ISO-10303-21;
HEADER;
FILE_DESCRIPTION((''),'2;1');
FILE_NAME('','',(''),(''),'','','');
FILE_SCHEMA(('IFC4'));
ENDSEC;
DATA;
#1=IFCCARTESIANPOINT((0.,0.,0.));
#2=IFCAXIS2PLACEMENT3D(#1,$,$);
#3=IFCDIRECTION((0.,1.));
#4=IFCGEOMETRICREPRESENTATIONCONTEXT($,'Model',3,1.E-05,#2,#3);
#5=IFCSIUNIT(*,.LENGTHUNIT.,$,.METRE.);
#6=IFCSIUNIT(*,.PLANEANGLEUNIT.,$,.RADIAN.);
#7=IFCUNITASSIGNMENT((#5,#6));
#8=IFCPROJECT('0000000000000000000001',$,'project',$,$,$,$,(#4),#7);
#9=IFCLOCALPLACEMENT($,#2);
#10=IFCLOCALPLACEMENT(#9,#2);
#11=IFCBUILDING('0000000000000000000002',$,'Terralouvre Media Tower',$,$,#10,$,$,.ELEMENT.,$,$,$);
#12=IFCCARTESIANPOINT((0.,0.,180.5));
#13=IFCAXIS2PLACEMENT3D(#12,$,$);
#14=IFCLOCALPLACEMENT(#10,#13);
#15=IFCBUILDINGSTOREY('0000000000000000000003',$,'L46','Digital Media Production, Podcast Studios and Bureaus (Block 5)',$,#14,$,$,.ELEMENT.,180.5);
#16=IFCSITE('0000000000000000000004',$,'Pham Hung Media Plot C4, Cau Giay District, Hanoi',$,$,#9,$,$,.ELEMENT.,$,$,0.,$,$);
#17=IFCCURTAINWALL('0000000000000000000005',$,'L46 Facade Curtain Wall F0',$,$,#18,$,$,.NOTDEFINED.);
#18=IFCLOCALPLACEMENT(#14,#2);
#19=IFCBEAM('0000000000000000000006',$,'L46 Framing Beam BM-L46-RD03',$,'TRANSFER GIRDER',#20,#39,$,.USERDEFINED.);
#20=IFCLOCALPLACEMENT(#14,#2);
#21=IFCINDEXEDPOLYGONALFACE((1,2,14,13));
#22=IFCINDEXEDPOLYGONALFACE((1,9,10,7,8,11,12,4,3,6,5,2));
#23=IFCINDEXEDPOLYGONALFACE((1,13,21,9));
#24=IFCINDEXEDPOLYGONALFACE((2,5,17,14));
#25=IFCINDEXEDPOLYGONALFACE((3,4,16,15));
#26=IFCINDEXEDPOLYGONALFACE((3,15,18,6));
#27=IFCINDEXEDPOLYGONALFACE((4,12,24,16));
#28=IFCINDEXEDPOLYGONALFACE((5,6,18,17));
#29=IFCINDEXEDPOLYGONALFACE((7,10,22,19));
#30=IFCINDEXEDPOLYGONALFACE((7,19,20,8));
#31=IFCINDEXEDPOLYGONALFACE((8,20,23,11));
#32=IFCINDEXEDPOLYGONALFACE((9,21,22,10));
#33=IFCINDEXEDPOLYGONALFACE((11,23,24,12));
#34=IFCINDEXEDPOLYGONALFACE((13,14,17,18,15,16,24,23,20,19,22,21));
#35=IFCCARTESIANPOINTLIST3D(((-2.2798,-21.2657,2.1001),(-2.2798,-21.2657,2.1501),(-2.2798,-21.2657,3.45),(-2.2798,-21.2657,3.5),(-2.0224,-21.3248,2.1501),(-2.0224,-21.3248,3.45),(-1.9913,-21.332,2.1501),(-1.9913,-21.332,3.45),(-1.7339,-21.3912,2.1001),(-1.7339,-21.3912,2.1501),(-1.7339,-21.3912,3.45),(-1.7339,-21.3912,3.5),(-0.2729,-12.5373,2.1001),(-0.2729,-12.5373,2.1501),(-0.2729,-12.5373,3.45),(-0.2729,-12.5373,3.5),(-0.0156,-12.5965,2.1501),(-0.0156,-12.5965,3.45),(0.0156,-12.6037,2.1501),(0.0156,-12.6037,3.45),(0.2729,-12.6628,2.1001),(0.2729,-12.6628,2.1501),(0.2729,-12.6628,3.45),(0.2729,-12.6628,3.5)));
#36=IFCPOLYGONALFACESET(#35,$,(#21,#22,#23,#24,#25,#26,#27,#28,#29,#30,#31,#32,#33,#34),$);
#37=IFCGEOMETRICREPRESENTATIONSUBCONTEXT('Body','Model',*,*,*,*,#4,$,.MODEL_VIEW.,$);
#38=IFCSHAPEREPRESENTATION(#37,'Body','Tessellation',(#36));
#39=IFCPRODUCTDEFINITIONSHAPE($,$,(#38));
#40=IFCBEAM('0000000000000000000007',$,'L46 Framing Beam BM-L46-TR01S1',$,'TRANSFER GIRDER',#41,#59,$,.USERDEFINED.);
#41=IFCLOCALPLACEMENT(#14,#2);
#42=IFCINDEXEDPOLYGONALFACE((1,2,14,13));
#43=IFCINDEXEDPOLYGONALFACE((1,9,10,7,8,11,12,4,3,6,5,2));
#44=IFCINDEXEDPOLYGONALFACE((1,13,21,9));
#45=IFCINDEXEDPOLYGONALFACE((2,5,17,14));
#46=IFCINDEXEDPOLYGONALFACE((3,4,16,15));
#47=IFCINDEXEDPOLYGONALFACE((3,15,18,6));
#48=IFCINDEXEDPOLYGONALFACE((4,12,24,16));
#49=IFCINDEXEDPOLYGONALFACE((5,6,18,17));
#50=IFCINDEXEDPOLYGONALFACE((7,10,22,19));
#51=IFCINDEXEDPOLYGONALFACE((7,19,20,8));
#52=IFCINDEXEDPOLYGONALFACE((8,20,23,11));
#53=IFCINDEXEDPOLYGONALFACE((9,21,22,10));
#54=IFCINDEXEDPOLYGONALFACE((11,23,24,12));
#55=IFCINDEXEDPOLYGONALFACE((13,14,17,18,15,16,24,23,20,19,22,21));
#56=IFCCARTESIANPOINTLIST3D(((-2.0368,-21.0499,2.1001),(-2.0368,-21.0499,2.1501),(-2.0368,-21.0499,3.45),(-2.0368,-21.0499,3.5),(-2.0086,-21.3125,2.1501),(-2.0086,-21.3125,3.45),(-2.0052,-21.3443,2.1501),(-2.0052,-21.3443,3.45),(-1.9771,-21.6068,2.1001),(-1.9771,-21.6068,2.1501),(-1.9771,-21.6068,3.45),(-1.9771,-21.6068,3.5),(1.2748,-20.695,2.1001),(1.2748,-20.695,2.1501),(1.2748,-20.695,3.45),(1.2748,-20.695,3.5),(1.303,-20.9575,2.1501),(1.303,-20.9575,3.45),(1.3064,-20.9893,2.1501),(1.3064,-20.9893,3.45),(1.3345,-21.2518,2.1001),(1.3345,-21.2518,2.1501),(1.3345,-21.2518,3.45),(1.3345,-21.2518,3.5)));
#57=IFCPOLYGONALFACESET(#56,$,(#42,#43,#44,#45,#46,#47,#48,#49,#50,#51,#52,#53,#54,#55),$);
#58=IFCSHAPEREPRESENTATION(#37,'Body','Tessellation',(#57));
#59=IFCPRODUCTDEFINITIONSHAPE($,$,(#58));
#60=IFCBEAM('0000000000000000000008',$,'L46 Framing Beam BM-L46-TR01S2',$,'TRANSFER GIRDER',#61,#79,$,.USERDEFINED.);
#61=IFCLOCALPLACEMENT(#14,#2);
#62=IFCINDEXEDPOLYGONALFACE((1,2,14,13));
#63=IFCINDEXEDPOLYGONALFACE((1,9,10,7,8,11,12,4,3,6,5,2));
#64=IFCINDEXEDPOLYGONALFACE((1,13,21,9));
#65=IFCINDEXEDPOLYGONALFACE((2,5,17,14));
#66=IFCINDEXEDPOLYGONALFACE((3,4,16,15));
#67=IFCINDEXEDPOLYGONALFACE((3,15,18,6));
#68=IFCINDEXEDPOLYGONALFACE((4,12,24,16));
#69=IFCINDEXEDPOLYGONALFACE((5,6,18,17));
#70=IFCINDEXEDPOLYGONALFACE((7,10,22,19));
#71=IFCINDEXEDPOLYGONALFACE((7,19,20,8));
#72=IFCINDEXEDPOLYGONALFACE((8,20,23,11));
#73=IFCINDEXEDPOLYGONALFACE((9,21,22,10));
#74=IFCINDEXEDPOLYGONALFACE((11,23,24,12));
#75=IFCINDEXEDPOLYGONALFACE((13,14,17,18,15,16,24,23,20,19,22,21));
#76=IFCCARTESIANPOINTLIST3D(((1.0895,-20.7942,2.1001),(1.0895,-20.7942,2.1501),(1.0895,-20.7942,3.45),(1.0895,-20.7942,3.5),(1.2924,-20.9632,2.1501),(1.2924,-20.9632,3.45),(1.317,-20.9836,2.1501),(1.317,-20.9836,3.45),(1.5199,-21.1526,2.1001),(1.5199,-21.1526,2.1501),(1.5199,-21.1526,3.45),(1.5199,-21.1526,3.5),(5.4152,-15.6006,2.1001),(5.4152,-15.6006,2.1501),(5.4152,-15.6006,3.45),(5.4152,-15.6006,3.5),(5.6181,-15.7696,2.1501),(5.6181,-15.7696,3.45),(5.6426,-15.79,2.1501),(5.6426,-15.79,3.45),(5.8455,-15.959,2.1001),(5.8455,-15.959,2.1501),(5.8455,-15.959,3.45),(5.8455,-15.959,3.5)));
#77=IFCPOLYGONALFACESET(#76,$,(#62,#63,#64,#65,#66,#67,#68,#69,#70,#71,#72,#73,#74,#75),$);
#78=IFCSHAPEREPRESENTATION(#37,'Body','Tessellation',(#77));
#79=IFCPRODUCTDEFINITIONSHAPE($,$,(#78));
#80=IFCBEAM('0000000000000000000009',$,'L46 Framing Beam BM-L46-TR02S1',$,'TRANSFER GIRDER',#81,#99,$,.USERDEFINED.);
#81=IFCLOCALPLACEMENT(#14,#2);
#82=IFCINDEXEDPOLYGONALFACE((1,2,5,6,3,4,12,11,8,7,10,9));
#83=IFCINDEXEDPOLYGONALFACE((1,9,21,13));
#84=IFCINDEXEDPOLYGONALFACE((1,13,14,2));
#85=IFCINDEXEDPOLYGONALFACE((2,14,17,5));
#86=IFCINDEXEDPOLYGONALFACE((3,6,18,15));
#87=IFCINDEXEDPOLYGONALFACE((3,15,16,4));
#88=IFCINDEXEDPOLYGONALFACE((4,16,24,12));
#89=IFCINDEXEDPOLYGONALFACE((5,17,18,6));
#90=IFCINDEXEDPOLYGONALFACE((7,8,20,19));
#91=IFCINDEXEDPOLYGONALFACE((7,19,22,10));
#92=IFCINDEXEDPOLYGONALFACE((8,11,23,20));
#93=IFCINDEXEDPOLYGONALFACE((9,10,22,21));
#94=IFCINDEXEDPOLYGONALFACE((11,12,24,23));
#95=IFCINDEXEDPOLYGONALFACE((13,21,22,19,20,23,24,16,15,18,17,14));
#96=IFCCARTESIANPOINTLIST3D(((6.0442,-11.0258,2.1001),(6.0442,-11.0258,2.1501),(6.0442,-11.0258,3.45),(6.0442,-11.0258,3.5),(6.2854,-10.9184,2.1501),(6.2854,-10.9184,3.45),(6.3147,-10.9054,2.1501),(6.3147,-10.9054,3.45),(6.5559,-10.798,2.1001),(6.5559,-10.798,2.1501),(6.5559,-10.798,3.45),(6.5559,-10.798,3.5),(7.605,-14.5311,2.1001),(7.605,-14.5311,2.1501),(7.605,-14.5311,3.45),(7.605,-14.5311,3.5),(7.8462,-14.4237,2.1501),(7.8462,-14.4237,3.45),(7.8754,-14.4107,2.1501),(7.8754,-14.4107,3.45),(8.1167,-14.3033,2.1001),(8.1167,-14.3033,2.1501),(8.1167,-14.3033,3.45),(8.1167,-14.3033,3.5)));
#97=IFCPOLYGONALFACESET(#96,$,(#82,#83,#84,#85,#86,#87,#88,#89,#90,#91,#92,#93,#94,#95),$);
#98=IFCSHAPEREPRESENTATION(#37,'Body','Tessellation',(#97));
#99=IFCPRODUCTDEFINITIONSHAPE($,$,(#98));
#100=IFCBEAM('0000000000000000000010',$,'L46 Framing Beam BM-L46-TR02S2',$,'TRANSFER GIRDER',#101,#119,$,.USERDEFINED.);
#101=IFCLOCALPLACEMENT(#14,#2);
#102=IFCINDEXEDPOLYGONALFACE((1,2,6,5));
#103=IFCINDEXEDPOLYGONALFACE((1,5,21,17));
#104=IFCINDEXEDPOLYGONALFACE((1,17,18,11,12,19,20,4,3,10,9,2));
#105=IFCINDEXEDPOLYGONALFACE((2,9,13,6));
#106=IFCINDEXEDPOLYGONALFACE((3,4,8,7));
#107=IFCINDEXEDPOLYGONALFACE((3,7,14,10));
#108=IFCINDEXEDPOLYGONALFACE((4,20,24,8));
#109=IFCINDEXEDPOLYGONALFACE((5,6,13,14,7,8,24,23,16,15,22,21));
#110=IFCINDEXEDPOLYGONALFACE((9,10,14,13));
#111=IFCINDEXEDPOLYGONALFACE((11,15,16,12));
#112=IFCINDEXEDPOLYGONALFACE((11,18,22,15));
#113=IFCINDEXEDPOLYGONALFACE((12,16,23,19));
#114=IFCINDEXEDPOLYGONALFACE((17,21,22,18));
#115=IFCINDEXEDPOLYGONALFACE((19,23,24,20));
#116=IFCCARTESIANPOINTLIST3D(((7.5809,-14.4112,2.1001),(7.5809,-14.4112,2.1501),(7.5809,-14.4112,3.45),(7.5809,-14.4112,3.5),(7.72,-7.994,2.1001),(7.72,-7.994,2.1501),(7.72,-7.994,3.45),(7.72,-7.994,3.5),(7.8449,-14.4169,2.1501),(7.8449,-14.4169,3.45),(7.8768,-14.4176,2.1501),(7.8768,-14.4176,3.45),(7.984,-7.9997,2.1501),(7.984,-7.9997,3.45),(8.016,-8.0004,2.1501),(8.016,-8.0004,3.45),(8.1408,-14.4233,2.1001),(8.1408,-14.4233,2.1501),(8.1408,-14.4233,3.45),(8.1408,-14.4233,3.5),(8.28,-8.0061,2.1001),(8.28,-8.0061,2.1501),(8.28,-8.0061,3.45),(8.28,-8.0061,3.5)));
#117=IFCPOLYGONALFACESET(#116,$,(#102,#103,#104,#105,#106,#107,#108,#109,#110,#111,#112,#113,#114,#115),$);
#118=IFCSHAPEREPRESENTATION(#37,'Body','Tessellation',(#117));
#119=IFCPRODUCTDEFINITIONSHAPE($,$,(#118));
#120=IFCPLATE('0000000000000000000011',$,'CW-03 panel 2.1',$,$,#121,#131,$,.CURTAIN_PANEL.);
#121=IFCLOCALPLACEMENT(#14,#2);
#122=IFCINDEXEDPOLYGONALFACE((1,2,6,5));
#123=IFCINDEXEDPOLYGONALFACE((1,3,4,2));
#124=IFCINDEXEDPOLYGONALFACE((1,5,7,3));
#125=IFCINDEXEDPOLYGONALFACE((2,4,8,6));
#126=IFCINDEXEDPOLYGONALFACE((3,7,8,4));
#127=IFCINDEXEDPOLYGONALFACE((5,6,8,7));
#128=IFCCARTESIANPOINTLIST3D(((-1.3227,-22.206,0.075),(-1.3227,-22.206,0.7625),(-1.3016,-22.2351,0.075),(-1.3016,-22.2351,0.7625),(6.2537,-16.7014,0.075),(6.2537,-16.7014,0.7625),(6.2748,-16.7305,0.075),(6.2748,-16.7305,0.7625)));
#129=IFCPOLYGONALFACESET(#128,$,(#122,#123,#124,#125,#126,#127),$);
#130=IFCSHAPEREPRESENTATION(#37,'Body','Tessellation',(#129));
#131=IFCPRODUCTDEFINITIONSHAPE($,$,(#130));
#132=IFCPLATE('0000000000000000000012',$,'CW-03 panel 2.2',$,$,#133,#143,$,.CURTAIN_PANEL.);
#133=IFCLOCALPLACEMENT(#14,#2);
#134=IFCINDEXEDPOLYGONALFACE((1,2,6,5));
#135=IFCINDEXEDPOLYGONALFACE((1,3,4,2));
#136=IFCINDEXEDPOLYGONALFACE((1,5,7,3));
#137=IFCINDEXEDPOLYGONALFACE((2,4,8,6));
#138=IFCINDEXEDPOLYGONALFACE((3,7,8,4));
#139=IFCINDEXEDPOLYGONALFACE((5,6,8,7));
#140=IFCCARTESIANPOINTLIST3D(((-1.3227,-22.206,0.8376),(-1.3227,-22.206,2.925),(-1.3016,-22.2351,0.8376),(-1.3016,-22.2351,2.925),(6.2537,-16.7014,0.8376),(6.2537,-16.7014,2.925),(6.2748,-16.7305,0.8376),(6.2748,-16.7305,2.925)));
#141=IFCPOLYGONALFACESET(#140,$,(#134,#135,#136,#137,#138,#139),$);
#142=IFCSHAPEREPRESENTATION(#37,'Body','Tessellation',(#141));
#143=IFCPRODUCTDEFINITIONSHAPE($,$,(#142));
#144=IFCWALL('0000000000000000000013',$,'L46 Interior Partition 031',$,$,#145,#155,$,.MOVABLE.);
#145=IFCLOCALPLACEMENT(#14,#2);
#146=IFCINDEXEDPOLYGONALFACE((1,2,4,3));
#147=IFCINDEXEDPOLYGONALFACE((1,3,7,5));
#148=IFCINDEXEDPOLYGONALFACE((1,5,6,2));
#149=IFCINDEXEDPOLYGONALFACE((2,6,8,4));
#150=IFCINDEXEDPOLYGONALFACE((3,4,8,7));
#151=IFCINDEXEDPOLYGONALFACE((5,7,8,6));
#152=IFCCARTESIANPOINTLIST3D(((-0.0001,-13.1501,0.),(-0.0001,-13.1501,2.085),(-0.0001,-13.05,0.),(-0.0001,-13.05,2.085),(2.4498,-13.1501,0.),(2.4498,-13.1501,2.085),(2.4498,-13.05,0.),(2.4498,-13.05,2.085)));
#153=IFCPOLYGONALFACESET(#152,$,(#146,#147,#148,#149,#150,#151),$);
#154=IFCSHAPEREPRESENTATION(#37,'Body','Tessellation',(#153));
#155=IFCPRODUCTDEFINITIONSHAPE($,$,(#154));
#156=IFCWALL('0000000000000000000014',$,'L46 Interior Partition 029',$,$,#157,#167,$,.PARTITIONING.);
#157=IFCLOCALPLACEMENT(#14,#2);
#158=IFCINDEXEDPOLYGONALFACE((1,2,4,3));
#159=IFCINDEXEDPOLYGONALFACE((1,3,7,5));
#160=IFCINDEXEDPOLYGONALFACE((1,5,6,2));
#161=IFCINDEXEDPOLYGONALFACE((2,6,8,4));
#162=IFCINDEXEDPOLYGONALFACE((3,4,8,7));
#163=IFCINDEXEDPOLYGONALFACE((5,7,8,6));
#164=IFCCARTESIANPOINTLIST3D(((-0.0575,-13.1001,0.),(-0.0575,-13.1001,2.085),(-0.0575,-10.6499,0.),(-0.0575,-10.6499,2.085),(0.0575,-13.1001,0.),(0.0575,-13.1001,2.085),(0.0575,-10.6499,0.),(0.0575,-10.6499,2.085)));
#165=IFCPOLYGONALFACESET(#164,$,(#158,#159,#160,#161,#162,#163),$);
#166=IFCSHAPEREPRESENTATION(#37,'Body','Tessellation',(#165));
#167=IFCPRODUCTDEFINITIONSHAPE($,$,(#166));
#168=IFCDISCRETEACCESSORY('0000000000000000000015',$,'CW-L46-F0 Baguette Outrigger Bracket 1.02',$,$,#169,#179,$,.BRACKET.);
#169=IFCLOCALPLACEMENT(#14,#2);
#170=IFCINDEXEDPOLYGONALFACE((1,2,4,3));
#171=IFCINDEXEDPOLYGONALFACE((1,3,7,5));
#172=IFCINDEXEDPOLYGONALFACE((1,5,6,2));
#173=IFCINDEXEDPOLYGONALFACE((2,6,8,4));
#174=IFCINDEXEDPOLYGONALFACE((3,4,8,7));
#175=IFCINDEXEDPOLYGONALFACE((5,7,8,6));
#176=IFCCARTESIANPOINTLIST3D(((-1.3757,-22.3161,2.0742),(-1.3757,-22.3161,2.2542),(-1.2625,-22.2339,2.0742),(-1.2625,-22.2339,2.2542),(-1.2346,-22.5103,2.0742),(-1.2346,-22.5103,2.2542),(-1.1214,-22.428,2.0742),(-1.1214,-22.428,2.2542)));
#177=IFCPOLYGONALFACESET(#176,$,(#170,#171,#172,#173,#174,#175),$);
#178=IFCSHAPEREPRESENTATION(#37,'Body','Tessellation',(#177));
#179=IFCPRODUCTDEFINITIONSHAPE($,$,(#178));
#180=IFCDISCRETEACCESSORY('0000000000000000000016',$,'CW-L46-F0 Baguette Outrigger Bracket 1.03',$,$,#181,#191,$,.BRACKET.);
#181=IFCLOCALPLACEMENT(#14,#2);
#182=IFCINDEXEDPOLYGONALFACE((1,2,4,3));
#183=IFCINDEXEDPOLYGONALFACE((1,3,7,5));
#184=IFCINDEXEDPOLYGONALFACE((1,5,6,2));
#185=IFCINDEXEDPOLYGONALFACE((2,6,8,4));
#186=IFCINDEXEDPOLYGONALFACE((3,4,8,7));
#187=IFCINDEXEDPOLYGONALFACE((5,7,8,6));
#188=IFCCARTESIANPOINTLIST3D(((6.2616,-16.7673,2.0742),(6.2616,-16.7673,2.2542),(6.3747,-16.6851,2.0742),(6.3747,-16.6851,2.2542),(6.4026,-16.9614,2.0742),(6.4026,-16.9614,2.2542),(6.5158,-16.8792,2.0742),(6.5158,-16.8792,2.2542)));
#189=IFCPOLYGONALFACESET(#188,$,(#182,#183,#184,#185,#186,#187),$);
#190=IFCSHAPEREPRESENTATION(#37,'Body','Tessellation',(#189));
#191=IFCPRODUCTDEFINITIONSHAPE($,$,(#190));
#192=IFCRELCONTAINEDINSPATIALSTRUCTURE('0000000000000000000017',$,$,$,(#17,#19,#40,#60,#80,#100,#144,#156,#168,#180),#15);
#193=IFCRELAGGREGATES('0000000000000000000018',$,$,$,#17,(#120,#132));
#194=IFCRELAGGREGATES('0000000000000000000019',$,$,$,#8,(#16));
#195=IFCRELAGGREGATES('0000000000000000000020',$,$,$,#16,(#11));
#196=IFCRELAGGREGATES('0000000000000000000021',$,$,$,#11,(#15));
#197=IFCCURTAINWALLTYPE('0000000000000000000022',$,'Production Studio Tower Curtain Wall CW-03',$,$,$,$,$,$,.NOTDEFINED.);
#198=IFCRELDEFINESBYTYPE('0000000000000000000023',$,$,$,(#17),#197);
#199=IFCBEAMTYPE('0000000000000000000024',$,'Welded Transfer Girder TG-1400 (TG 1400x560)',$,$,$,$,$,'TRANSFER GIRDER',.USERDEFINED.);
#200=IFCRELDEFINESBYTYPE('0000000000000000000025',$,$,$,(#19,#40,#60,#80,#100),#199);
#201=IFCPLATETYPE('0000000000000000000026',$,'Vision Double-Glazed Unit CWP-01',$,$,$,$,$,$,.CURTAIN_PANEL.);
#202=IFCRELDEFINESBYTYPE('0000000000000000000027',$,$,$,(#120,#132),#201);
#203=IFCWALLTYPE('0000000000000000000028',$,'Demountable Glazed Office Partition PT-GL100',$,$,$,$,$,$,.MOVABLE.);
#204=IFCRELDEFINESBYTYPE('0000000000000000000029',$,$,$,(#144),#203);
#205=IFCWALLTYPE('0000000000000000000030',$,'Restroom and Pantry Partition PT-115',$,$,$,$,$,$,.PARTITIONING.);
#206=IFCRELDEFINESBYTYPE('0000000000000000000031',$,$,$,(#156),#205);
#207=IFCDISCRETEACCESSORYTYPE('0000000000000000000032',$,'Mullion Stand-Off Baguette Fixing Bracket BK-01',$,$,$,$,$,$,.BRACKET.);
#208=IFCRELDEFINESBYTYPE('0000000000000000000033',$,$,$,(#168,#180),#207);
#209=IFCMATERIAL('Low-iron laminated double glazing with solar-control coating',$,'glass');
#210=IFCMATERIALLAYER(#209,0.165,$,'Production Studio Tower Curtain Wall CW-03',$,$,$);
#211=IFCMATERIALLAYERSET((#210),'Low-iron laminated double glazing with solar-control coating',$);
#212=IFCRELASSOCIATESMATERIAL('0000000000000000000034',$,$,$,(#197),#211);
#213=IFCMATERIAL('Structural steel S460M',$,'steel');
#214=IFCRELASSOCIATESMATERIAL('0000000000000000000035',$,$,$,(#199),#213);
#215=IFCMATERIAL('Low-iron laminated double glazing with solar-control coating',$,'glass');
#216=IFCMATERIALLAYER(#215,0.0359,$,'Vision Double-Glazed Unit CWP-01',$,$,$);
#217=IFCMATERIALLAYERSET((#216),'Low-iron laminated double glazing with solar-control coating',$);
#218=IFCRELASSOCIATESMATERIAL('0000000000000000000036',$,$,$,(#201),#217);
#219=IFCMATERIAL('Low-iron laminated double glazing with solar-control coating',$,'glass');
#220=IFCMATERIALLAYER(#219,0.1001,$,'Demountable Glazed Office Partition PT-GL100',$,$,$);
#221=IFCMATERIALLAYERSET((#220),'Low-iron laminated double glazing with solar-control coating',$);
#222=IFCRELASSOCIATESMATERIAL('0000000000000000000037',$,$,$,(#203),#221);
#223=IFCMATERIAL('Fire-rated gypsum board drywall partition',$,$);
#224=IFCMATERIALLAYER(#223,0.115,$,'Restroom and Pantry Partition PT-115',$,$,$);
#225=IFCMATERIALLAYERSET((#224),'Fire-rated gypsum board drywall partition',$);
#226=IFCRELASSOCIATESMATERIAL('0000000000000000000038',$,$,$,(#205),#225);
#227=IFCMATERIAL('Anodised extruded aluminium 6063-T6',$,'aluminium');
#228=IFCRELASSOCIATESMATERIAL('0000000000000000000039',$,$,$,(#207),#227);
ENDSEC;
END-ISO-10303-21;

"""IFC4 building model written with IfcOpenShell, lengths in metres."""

from ifc_helpers import new_model, si_unit, direction, frame, frame_2d, origin, origin_2d, place, context, subcontext, project, spatial, rectangle, i_section, extrude, material, layer, layer_set, material_profile, profile_set, type_object, element, aggregate, save


model = new_model("IFC4")

# Units and contexts
model_context = context("Model", 3, precision=1e-05, world=origin(), true_north=direction((0.0, 1.0)))
body_context = subcontext(model_context, "Body", "Model", "MODEL_VIEW")
ifc_project = project(units=[si_unit("LENGTHUNIT", "METRE"), si_unit("PLANEANGLEUNIT", "RADIAN")], contexts=[model_context])

# Site, building, storey
site_placement = place(None, origin())
site = spatial("IfcSite", under=ifc_project, at=site_placement, Name="Pham Hung Media Plot C4, Cau Giay District, Hanoi", CompositionType="ELEMENT", RefElevation=0.0)
building_placement = place(site_placement, origin())
building = spatial("IfcBuilding", under=site, at=building_placement, Name="Terralouvre Media Tower", CompositionType="ELEMENT")
storey_placement = place(building_placement, frame((0.0, 0.0, 180.5)))
storey = spatial("IfcBuildingStorey", under=building, at=storey_placement, Name="L46", Description="Digital Media Production, Podcast Studios and Bureaus (Block 5)", CompositionType="ELEMENT", Elevation=180.5)

# Curtain wall
ifc_material_1 = material(Name="Low-iron laminated double glazing with solar-control coating", Category="glass")
ifc_layer_1 = layer(ifc_material_1, 0.165, Name="Production Studio Tower Curtain Wall CW-03")
ifc_layer_set_1 = layer_set([ifc_layer_1], Name="Low-iron laminated double glazing with solar-control coating")
curtain_wall_type = type_object("IfcCurtainWallType", Name="Production Studio Tower Curtain Wall CW-03", PredefinedType="NOTDEFINED", material=ifc_layer_set_1)
curtain_wall_placement = place(storey_placement, origin())
curtain_wall = element("IfcCurtainWall", 1, at=curtain_wall_placement, inside=storey, type_object=curtain_wall_type, Name="L46 Facade Curtain Wall F0", PredefinedType="NOTDEFINED")

# Beams
ifc_material_2 = material(Name="Structural steel S460M", Category="steel")
ifc_material_profile_1 = material_profile(ifc_material_2, i_section(OverallWidth=0.5601, OverallDepth=1.3999, WebThickness=0.032, FlangeThickness=0.05, at=origin_2d()), Name="TG 1400x560")
ifc_profile_set_1 = profile_set([ifc_material_profile_1], Name="Structural steel S460M")
beam_type_1 = type_object("IfcBeamType", Name="Welded Transfer Girder TG-1400 (TG 1400x560)", ElementType="TRANSFER GIRDER", PredefinedType="USERDEFINED", material=ifc_profile_set_1)
beam_1_placement = place(storey_placement, frame((0.0, -12.6001, 2.8), z_axis=(-0.224077, -0.974571, 0.0), x_axis=(0.974571, -0.224077, 0.0)))
element("IfcBeam", 2, at=beam_1_placement, inside=storey, type_object=beam_type_1, Name="L46 Framing Beam BM-L46-RD03", ObjectType="TRANSFER GIRDER", PredefinedType="USERDEFINED", context=body_context, shape_type="SweptSolid", body=[
    extrude(i_section(OverallWidth=0.5601, OverallDepth=1.3999, WebThickness=0.032, FlangeThickness=0.05, at=origin_2d()), origin(), (0.0, 0.0, 1.0), 8.9561),
])
beam_2_placement = place(storey_placement, frame((1.3047, -20.9734, 2.8), z_axis=(-0.994304, -0.106585, 0.0), x_axis=(0.106585, -0.994304, 0.0)))
element("IfcBeam", 3, at=beam_2_placement, inside=storey, type_object=beam_type_1, Name="L46 Framing Beam BM-L46-TR01S1", ObjectType="TRANSFER GIRDER", PredefinedType="USERDEFINED", context=body_context, shape_type="SweptSolid", body=[
    extrude(i_section(OverallWidth=0.5601, OverallDepth=1.3999, WebThickness=0.032, FlangeThickness=0.05, at=origin_2d()), origin(), (0.0, 0.0, 1.0), 3.3306),
])
beam_3_placement = place(storey_placement, frame((1.3047, -20.9734, 2.8), z_axis=(0.639982, 0.76839, 0.0), x_axis=(-0.76839, 0.639982, 0.0)))
element("IfcBeam", 4, at=beam_3_placement, inside=storey, type_object=beam_type_1, Name="L46 Framing Beam BM-L46-TR01S2", ObjectType="TRANSFER GIRDER", PredefinedType="USERDEFINED", context=body_context, shape_type="SweptSolid", body=[
    extrude(i_section(OverallWidth=0.5601, OverallDepth=1.3999, WebThickness=0.032, FlangeThickness=0.05, at=origin_2d()), origin(), (0.0, 0.0, 1.0), 6.759),
])
beam_4_placement = place(storey_placement, frame((7.8608, -14.4172, 2.8), z_axis=(-0.406758, 0.913536, 0.0), x_axis=(-0.913536, -0.406758, 0.0)))
element("IfcBeam", 5, at=beam_4_placement, inside=storey, type_object=beam_type_1, Name="L46 Framing Beam BM-L46-TR02S1", ObjectType="TRANSFER GIRDER", PredefinedType="USERDEFINED", context=body_context, shape_type="SweptSolid", body=[
    extrude(i_section(OverallWidth=0.5601, OverallDepth=1.3999, WebThickness=0.032, FlangeThickness=0.05, at=origin_2d()), origin(), (0.0, 0.0, 1.0), 3.8372),
])
beam_5_placement = place(storey_placement, frame((7.8608, -14.4172, 2.8), z_axis=(0.02168, 0.999765, 0.0), x_axis=(-0.999765, 0.02168, 0.0)))
element("IfcBeam", 6, at=beam_5_placement, inside=storey, type_object=beam_type_1, Name="L46 Framing Beam BM-L46-TR02S2", ObjectType="TRANSFER GIRDER", PredefinedType="USERDEFINED", context=body_context, shape_type="SweptSolid", body=[
    extrude(i_section(OverallWidth=0.5601, OverallDepth=1.3999, WebThickness=0.032, FlangeThickness=0.05, at=origin_2d()), origin(), (0.0, 0.0, 1.0), 6.4187),
])

# Plates
ifc_material_3 = material(Name="Low-iron laminated double glazing with solar-control coating", Category="glass")
ifc_layer_2 = layer(ifc_material_3, 0.0359, Name="Vision Double-Glazed Unit CWP-01")
ifc_layer_set_2 = layer_set([ifc_layer_2], Name="Low-iron laminated double glazing with solar-control coating")
plate_type = type_object("IfcPlateType", Name="Vision Double-Glazed Unit CWP-01", PredefinedType="CURTAIN_PANEL", material=ifc_layer_set_2)
plate_1_placement = place(storey_placement, frame((2.4761, -19.4683, 0.075), z_axis=(0.0, 0.0, 1.0), x_axis=(0.809017, 0.587785, 0.0)))
plate_1 = element("IfcPlate", 7, at=plate_1_placement, type_object=plate_type, Name="CW-03 panel 2.1", PredefinedType="CURTAIN_PANEL", context=body_context, shape_type="SweptSolid", body=[
    extrude(rectangle(XDim=9.365, YDim=0.0359, at=origin_2d()), origin(), (0.0, 0.0, 1.0), 0.6875),
])
plate_2_placement = place(storey_placement, frame((2.4761, -19.4683, 0.8376), z_axis=(0.0, 0.0, 1.0), x_axis=(0.809017, 0.587785, 0.0)))
plate_2 = element("IfcPlate", 8, at=plate_2_placement, type_object=plate_type, Name="CW-03 panel 2.2", PredefinedType="CURTAIN_PANEL", context=body_context, shape_type="SweptSolid", body=[
    extrude(rectangle(XDim=9.365, YDim=0.0359, at=origin_2d()), origin(), (0.0, 0.0, 1.0), 2.0874),
])
aggregate(curtain_wall, [plate_1, plate_2])

# Walls
ifc_material_4 = material(Name="Low-iron laminated double glazing with solar-control coating", Category="glass")
ifc_layer_3 = layer(ifc_material_4, 0.1001, Name="Demountable Glazed Office Partition PT-GL100")
ifc_layer_set_3 = layer_set([ifc_layer_3], Name="Low-iron laminated double glazing with solar-control coating")
wall_type_1 = type_object("IfcWallType", Name="Demountable Glazed Office Partition PT-GL100", PredefinedType="MOVABLE", material=ifc_layer_set_3)
wall_1_placement = place(storey_placement, frame((2.45, -13.1001, 0.0), z_axis=(0.0, 0.0, 1.0), x_axis=(-1.0, 0.0, 0.0)))
element("IfcWall", 9, at=wall_1_placement, inside=storey, type_object=wall_type_1, Name="L46 Interior Partition 031", PredefinedType="MOVABLE", context=body_context, shape_type="SweptSolid", body=[
    extrude(rectangle(XDim=2.45, YDim=0.1001, at=frame_2d((1.2251, 0.0))), origin(), (0.0, 0.0, 1.0), 2.085),
])
ifc_material_5 = material(Name="Fire-rated gypsum board drywall partition")
ifc_layer_4 = layer(ifc_material_5, 0.115, Name="Restroom and Pantry Partition PT-115")
ifc_layer_set_4 = layer_set([ifc_layer_4], Name="Fire-rated gypsum board drywall partition")
wall_type_2 = type_object("IfcWallType", Name="Restroom and Pantry Partition PT-115", PredefinedType="PARTITIONING", material=ifc_layer_set_4)
wall_2_placement = place(storey_placement, frame((0.0, -13.1001, 0.0), z_axis=(0.0, 0.0, 1.0), x_axis=(0.0, 1.0, 0.0)))
element("IfcWall", 10, at=wall_2_placement, inside=storey, type_object=wall_type_2, Name="L46 Interior Partition 029", PredefinedType="PARTITIONING", context=body_context, shape_type="SweptSolid", body=[
    extrude(rectangle(XDim=2.4502, YDim=0.115, at=frame_2d((1.2251, 0.0))), origin(), (0.0, 0.0, 1.0), 2.085),
])

# Discrete accessories
ifc_material_6 = material(Name="Anodised extruded aluminium 6063-T6", Category="aluminium")
discrete_accessory_type = type_object("IfcDiscreteAccessoryType", Name="Mullion Stand-Off Baguette Fixing Bracket BK-01", PredefinedType="BRACKET", material=ifc_material_6)
for number, where, z_axis, x_axis, name in (
    (11, (-1.2485, -22.3721, 2.0742), (0.0, 0.0, 1.0), (0.809017, 0.587785, 0.0), "CW-L46-F0 Baguette Outrigger Bracket 1.02"),
    (12, (6.3887, -16.8232, 2.0742), (0.0, 0.0, 1.0), (0.809017, 0.587785, 0.0), "CW-L46-F0 Baguette Outrigger Bracket 1.03"),
):
    element("IfcDiscreteAccessory", number, at=place(storey_placement, frame(where, z_axis=z_axis, x_axis=x_axis)), inside=storey, type_object=discrete_accessory_type, Name=name, PredefinedType="BRACKET", context=body_context, shape_type="SweptSolid", body=[
        extrude(rectangle(XDim=0.1399, YDim=0.24, at=origin_2d()), origin(), (0.0, 0.0, 1.0), 0.1799),
    ])

save(model, "model.ifc")
